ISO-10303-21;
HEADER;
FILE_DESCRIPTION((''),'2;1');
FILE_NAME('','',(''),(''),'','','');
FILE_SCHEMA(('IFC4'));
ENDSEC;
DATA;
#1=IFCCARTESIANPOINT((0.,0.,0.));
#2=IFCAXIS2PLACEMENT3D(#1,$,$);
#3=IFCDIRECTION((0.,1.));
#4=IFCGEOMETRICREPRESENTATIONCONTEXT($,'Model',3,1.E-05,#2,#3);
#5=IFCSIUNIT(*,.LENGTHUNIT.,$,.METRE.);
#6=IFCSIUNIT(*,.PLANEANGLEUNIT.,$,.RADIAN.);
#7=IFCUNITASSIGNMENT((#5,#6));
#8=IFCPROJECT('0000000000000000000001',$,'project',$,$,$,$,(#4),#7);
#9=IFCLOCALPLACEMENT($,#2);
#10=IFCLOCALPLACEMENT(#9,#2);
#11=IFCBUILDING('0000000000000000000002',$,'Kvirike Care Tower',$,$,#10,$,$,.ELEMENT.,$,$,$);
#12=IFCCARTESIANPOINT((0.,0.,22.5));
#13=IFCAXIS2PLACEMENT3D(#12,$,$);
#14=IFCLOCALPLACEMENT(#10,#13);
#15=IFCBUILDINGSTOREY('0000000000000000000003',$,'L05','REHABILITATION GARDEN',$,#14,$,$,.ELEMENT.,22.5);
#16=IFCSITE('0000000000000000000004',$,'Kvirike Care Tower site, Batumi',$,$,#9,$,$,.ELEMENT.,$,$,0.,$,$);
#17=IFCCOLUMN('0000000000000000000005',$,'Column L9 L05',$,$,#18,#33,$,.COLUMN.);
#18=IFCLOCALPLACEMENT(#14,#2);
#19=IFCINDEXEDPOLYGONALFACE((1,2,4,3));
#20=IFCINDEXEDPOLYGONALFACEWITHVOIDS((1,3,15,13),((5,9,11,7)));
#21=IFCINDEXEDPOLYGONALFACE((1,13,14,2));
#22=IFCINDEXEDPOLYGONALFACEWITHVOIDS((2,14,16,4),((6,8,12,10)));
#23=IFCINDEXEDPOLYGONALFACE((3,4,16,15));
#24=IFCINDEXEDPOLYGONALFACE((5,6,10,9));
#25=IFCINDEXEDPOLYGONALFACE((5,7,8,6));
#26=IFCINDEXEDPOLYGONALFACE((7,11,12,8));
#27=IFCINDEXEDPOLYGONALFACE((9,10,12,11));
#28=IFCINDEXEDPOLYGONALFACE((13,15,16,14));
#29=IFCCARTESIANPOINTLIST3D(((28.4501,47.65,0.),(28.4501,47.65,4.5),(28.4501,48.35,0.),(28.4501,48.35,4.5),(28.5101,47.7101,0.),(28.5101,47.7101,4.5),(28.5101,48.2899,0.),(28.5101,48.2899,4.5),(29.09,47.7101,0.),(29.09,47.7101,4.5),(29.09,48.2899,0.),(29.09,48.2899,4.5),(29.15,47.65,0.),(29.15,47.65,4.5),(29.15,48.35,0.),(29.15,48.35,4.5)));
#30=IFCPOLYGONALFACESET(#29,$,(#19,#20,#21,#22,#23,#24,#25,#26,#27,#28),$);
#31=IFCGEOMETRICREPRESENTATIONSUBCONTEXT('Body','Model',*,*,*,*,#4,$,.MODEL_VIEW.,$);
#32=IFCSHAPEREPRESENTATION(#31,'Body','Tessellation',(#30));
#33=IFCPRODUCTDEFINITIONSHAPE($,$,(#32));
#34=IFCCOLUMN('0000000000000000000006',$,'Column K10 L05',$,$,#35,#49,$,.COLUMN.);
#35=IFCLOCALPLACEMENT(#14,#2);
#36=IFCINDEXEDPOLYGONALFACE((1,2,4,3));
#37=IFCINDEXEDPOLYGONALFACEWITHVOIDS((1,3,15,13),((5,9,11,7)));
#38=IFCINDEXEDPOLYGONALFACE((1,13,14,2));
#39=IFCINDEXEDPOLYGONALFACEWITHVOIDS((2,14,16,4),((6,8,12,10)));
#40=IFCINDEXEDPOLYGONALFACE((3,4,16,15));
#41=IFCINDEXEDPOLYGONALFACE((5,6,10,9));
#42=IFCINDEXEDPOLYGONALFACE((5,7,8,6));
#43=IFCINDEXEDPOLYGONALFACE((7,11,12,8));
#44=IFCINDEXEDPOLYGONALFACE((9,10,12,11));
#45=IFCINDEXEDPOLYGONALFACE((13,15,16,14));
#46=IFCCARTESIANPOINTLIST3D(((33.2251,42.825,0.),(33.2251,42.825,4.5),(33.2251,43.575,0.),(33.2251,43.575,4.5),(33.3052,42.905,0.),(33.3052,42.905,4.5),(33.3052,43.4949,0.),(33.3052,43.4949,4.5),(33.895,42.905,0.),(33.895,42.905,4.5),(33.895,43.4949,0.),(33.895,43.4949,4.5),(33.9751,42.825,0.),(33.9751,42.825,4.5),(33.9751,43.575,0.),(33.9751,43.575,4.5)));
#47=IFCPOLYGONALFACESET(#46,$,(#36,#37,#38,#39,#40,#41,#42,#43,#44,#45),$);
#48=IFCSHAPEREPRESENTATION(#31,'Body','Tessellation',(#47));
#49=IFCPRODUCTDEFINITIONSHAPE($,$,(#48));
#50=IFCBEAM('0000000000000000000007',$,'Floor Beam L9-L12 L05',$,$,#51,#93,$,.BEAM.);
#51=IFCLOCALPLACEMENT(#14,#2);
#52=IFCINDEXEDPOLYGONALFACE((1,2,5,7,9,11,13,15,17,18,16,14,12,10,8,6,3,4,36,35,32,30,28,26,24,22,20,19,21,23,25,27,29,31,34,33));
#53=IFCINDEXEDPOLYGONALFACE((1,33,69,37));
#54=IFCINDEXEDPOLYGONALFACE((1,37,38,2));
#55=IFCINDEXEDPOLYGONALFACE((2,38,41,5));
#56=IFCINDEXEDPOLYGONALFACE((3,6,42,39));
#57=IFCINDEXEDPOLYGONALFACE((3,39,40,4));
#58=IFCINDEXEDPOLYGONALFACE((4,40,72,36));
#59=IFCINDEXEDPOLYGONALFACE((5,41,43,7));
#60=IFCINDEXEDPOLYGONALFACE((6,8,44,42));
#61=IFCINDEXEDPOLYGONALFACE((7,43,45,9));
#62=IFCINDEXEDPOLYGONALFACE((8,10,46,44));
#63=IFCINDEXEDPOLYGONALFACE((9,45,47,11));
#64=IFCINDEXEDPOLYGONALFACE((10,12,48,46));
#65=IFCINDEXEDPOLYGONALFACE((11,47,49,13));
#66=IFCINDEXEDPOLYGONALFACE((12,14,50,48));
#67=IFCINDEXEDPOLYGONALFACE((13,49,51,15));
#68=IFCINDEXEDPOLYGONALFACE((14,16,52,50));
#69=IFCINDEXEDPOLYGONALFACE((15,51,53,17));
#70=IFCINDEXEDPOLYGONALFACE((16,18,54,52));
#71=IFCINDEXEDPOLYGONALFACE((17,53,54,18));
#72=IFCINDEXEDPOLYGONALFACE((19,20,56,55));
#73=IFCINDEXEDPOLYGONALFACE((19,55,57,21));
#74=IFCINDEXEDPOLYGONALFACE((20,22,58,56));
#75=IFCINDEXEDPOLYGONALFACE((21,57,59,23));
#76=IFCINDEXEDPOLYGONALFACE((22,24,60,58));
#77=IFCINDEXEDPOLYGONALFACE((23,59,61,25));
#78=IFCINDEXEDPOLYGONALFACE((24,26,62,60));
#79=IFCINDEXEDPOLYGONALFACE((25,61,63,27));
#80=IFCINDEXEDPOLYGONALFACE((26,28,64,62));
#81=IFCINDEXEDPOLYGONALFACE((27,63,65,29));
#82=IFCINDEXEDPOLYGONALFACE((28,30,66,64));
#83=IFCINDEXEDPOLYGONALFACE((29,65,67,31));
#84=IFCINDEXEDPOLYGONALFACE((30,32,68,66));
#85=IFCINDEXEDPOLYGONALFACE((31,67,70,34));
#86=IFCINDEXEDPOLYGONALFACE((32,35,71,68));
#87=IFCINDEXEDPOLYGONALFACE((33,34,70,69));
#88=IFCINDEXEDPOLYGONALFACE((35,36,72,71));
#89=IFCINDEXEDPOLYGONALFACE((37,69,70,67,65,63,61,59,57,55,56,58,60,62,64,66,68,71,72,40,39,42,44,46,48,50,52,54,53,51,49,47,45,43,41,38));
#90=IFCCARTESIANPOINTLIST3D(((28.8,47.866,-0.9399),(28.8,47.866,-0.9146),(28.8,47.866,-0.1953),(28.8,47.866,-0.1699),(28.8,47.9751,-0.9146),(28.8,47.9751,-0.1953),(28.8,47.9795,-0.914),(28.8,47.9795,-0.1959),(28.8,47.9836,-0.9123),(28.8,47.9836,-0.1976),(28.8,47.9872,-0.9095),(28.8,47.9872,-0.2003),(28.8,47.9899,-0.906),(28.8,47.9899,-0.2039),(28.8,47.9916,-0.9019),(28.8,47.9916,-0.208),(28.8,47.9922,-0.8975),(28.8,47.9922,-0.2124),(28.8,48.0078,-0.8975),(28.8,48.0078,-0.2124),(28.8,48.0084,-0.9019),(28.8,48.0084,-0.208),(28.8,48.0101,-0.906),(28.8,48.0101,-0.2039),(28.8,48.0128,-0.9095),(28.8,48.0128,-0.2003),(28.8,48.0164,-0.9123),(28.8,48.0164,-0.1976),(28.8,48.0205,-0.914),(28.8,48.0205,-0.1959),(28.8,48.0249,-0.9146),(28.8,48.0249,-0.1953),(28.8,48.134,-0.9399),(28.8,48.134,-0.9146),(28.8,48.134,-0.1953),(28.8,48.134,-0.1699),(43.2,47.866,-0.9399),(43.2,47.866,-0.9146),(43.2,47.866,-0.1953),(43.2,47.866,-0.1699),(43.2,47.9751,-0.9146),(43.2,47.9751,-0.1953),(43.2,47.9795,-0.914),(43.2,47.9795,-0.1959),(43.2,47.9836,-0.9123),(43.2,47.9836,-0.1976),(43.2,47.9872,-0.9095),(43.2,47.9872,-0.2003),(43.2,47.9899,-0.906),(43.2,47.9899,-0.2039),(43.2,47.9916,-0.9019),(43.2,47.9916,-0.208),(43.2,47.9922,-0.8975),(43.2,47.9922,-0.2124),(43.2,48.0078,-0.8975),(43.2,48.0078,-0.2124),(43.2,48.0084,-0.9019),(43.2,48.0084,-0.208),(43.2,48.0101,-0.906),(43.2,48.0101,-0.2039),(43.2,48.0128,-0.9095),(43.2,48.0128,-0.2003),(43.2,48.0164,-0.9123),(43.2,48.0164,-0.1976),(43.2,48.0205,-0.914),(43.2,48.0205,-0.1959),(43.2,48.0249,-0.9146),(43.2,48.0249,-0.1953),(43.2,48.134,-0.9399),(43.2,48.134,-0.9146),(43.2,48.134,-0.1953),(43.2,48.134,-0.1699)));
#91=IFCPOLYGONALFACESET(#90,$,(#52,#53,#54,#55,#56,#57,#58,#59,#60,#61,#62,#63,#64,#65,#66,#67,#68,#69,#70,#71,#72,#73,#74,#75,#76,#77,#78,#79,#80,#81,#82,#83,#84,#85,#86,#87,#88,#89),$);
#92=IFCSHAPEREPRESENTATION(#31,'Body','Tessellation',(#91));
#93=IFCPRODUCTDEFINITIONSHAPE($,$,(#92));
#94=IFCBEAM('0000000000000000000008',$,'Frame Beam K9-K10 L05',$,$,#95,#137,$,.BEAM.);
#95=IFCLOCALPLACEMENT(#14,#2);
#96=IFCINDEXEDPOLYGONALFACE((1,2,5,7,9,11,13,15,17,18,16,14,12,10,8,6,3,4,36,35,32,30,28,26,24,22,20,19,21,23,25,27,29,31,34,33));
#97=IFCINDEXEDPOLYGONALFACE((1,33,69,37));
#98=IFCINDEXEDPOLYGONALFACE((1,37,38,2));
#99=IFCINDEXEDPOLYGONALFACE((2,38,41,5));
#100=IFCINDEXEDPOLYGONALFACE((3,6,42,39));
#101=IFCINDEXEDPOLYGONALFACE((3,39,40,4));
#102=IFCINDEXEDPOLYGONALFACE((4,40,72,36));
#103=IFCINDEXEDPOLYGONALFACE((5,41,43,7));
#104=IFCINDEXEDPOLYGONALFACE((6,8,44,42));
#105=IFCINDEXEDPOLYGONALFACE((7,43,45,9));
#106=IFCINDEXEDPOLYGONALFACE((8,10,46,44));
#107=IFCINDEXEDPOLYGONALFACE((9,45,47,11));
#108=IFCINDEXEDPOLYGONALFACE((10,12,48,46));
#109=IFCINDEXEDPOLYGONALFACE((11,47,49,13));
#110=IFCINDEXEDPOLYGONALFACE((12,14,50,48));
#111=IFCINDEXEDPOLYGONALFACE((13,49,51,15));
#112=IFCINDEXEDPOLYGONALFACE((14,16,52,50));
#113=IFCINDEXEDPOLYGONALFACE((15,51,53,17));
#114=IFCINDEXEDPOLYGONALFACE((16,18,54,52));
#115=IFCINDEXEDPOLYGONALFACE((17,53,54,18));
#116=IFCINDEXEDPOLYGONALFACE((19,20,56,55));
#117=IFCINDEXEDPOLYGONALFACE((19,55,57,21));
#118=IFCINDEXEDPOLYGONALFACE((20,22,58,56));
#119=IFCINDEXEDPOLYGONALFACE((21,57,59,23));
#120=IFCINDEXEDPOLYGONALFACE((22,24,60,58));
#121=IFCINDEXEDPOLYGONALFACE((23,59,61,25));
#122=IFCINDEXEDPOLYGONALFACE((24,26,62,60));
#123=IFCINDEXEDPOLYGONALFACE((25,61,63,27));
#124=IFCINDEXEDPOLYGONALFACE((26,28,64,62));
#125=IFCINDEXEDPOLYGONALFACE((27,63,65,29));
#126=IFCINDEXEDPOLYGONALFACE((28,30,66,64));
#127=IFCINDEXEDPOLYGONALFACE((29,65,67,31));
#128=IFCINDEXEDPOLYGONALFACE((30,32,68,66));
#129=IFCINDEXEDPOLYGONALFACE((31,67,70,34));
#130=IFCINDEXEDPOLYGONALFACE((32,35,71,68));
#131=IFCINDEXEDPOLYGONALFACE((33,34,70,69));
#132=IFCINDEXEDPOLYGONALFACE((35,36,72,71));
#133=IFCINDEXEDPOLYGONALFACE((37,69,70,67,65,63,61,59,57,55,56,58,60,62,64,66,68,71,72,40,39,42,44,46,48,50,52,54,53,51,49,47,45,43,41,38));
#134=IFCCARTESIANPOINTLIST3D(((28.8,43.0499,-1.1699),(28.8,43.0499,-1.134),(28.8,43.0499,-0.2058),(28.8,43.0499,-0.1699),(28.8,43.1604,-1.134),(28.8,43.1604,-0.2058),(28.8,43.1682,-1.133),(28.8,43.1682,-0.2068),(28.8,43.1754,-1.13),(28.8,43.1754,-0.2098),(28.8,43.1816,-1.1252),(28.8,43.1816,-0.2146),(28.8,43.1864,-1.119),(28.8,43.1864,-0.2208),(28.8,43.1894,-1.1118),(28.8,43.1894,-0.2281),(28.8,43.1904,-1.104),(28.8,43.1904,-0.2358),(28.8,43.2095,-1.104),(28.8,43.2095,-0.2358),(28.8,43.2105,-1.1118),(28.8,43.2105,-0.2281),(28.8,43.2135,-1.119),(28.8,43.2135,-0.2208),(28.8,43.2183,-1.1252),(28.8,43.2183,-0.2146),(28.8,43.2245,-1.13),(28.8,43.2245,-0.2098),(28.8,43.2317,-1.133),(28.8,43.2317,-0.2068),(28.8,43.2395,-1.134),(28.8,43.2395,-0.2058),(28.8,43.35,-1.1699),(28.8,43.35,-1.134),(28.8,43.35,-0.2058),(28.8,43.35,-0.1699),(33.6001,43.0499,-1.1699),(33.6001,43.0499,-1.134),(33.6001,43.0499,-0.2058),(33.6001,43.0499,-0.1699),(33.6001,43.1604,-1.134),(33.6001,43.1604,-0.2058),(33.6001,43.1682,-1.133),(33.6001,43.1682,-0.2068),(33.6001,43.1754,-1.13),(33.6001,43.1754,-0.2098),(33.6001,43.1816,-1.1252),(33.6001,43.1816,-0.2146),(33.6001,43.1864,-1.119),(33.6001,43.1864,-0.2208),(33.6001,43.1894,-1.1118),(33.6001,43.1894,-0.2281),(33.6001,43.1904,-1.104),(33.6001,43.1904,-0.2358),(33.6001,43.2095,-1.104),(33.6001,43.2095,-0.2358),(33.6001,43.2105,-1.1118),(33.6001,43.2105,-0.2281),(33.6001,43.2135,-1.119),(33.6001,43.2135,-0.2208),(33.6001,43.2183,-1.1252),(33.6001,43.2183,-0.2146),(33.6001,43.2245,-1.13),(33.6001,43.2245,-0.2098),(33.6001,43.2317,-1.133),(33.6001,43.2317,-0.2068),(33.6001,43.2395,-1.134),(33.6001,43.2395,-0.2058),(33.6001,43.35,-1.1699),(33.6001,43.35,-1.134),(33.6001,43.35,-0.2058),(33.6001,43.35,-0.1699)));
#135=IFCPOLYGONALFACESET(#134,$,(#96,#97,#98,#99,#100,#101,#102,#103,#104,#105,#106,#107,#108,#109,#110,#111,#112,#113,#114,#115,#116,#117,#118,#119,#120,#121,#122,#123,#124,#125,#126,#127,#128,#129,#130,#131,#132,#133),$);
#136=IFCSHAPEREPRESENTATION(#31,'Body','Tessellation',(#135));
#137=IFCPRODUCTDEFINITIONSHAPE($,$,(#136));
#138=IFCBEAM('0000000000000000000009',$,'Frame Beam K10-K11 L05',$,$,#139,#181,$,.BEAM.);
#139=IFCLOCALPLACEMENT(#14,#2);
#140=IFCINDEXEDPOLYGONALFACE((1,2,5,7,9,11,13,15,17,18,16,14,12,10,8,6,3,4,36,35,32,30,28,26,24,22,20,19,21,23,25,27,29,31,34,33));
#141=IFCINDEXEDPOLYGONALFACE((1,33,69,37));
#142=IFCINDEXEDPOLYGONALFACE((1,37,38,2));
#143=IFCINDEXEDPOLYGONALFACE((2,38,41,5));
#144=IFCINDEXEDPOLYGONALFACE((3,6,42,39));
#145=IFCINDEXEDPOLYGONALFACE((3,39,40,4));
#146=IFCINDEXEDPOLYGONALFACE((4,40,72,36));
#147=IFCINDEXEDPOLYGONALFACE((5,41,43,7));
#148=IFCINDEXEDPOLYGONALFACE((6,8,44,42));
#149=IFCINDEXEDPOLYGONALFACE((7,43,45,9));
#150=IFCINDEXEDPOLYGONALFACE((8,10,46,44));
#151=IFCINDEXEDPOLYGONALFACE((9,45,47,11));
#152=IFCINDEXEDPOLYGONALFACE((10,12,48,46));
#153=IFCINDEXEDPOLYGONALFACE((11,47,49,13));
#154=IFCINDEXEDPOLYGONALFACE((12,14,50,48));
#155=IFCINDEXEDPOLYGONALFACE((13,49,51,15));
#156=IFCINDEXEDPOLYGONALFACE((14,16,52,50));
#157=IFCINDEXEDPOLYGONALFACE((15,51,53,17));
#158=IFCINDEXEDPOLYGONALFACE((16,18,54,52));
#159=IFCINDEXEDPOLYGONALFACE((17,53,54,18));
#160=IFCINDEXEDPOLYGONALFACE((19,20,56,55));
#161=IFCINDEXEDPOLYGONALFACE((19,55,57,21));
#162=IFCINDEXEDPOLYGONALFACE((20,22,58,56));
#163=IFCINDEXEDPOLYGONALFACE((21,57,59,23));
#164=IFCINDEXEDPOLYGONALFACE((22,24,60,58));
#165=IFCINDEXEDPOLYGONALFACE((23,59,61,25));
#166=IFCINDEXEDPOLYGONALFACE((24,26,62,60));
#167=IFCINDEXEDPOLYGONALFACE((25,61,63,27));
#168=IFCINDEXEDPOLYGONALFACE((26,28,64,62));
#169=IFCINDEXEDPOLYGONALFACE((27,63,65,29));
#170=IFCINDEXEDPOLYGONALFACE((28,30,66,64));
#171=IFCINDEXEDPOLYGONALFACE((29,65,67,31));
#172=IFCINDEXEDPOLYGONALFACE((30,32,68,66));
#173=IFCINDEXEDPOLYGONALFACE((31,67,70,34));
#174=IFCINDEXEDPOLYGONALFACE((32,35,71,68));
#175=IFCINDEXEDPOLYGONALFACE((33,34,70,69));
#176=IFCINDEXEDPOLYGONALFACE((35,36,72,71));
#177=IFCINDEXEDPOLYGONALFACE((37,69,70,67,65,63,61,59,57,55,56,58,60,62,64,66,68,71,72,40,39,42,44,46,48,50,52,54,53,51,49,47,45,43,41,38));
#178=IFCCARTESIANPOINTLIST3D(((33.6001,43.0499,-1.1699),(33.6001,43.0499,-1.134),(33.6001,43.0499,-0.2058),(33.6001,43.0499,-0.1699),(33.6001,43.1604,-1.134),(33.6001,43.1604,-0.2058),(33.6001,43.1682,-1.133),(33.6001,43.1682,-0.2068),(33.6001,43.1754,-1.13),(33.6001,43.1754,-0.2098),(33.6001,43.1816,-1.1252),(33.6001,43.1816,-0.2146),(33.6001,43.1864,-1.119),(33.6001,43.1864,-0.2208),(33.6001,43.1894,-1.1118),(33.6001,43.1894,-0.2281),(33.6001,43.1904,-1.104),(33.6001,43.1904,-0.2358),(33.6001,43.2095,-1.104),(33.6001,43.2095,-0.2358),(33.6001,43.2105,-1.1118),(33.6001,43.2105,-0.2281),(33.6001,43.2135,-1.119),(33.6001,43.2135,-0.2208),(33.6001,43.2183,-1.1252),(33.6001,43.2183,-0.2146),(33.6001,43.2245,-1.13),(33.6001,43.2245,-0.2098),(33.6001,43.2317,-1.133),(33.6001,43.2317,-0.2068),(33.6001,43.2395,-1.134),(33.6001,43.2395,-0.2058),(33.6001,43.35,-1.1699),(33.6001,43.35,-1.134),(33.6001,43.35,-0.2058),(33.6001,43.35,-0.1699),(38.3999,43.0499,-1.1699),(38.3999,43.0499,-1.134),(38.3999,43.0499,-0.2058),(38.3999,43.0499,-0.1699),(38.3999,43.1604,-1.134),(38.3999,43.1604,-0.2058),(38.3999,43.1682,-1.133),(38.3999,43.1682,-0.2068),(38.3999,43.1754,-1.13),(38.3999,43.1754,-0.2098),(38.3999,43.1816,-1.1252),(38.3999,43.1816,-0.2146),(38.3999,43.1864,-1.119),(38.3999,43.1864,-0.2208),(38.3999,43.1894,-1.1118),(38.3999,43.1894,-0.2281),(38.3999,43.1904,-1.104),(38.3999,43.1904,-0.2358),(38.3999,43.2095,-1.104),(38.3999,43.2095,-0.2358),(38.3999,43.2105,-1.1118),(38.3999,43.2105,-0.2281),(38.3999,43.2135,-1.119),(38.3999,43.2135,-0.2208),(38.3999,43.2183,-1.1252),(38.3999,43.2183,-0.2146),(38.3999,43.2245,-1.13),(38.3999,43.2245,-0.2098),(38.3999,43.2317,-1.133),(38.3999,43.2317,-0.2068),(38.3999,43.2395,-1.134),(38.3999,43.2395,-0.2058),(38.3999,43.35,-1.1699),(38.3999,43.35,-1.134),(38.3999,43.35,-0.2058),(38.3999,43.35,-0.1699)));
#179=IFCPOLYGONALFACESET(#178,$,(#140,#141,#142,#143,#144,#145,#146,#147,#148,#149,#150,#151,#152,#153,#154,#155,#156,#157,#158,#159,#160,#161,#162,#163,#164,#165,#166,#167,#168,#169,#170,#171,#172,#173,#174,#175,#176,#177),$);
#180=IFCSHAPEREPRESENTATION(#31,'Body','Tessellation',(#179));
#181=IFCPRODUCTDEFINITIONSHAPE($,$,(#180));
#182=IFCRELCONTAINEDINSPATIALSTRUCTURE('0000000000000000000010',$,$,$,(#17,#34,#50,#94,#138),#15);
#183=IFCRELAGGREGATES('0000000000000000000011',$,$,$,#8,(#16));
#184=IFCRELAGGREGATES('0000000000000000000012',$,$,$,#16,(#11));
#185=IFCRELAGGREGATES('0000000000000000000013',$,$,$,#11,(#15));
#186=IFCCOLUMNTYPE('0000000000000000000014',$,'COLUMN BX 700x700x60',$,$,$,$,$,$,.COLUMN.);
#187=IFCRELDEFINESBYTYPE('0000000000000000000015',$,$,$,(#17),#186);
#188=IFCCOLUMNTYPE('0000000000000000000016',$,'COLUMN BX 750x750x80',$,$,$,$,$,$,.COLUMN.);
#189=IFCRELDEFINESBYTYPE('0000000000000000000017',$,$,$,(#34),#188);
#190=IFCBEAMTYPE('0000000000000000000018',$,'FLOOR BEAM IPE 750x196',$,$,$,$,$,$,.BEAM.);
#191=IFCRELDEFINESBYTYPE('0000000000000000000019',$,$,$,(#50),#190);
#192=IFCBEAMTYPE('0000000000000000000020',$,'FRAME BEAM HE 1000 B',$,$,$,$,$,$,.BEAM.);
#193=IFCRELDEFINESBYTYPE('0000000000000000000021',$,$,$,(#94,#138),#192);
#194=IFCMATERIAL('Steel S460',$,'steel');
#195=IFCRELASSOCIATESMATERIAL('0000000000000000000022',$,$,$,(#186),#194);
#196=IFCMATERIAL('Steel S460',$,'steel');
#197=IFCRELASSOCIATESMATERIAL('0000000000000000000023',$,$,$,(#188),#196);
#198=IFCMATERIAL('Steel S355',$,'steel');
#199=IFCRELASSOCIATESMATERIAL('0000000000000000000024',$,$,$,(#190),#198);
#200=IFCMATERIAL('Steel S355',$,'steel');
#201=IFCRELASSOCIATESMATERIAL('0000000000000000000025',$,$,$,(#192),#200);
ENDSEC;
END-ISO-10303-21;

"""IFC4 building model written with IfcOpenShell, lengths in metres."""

from ifc_helpers import new_model, si_unit, direction, frame, origin, origin_2d, place, context, subcontext, project, spatial, hollow_rectangle, i_section, extrude, material, material_profile, profile_set, type_object, element, save


model = new_model("IFC4")

# Units and contexts
model_context = context("Model", 3, precision=1e-05, world=origin(), true_north=direction((0.0, 1.0)))
body_context = subcontext(model_context, "Body", "Model", "MODEL_VIEW")
ifc_project = project(units=[si_unit("LENGTHUNIT", "METRE"), si_unit("PLANEANGLEUNIT", "RADIAN")], contexts=[model_context])

# Site, building, storey
site_placement = place(None, origin())
site = spatial("IfcSite", under=ifc_project, at=site_placement, Name="Kvirike Care Tower site, Batumi", CompositionType="ELEMENT", RefElevation=0.0)
building_placement = place(site_placement, origin())
building = spatial("IfcBuilding", under=site, at=building_placement, Name="Kvirike Care Tower", CompositionType="ELEMENT")
storey_placement = place(building_placement, frame((0.0, 0.0, 22.5)))
storey = spatial("IfcBuildingStorey", under=building, at=storey_placement, Name="L05", Description="REHABILITATION GARDEN", CompositionType="ELEMENT", Elevation=22.5)

# Columns
ifc_material_1 = material(Name="Steel S460", Category="steel")
ifc_material_profile_1 = material_profile(ifc_material_1, hollow_rectangle(XDim=0.7, YDim=0.7, WallThickness=0.0601, at=origin_2d()), Name="BX 700x700x60")
ifc_profile_set_1 = profile_set([ifc_material_profile_1], Name="Steel S460")
column_type_1 = type_object("IfcColumnType", Name="COLUMN BX 700x700x60", PredefinedType="COLUMN", material=ifc_profile_set_1)
column_1_placement = place(storey_placement, frame((28.8, 48.0, 0.0), z_axis=(0.0, 0.0, 1.0), x_axis=(1.0, 0.0, 0.0)))
element("IfcColumn", 1, at=column_1_placement, inside=storey, type_object=column_type_1, Name="Column L9 L05", PredefinedType="COLUMN", context=body_context, shape_type="SweptSolid", body=[
    extrude(hollow_rectangle(XDim=0.7, YDim=0.7, WallThickness=0.0601, at=origin_2d()), origin(), (0.0, 0.0, 1.0), 4.5),
])
ifc_material_2 = material(Name="Steel S460", Category="steel")
ifc_material_profile_2 = material_profile(ifc_material_2, hollow_rectangle(XDim=0.75, YDim=0.75, WallThickness=0.0801, at=origin_2d()), Name="BX 750x750x80")
ifc_profile_set_2 = profile_set([ifc_material_profile_2], Name="Steel S460")
column_type_2 = type_object("IfcColumnType", Name="COLUMN BX 750x750x80", PredefinedType="COLUMN", material=ifc_profile_set_2)
column_2_placement = place(storey_placement, frame((33.6001, 43.2, 0.0), z_axis=(0.0, 0.0, 1.0), x_axis=(0.0, 1.0, 0.0)))
element("IfcColumn", 2, at=column_2_placement, inside=storey, type_object=column_type_2, Name="Column K10 L05", PredefinedType="COLUMN", context=body_context, shape_type="SweptSolid", body=[
    extrude(hollow_rectangle(XDim=0.75, YDim=0.75, WallThickness=0.0801, at=origin_2d()), origin(), (0.0, 0.0, 1.0), 4.5),
])

# Beams
ifc_material_3 = material(Name="Steel S355", Category="steel")
ifc_material_profile_3 = material_profile(ifc_material_3, i_section(OverallWidth=0.2681, OverallDepth=0.77, WebThickness=0.0156, FlangeThickness=0.0254, FilletRadius=0.0171, at=origin_2d()), Name="IPE 750x196")
ifc_profile_set_3 = profile_set([ifc_material_profile_3], Name="Steel S355")
beam_type_1 = type_object("IfcBeamType", Name="FLOOR BEAM IPE 750x196", PredefinedType="BEAM", material=ifc_profile_set_3)
beam_1_placement = place(storey_placement, frame((28.8, 48.0, -0.5549), z_axis=(1.0, 0.0, 0.0), x_axis=(0.0, 1.0, 0.0)))
element("IfcBeam", 3, at=beam_1_placement, inside=storey, type_object=beam_type_1, Name="Floor Beam L9-L12 L05", PredefinedType="BEAM", context=body_context, shape_type="SweptSolid", body=[
    extrude(i_section(OverallWidth=0.2681, OverallDepth=0.77, WebThickness=0.0156, FlangeThickness=0.0254, FilletRadius=0.0171, at=origin_2d()), origin(), (0.0, 0.0, 1.0), 14.3999),
])
ifc_material_4 = material(Name="Steel S355", Category="steel")
ifc_material_profile_4 = material_profile(ifc_material_4, i_section(OverallWidth=0.3, OverallDepth=1.0, WebThickness=0.019, FlangeThickness=0.0359, FilletRadius=0.03, at=origin_2d()), Name="HE 1000 B")
ifc_profile_set_4 = profile_set([ifc_material_profile_4], Name="Steel S355")
beam_type_2 = type_object("IfcBeamType", Name="FRAME BEAM HE 1000 B", PredefinedType="BEAM", material=ifc_profile_set_4)
beam_2_placement = place(storey_placement, frame((28.8, 43.2, -0.6699), z_axis=(1.0, 0.0, 0.0), x_axis=(0.0, 1.0, 0.0)))
element("IfcBeam", 4, at=beam_2_placement, inside=storey, type_object=beam_type_2, Name="Frame Beam K9-K10 L05", PredefinedType="BEAM", context=body_context, shape_type="SweptSolid", body=[
    extrude(i_section(OverallWidth=0.3, OverallDepth=1.0, WebThickness=0.019, FlangeThickness=0.0359, FilletRadius=0.03, at=origin_2d()), origin(), (0.0, 0.0, 1.0), 4.8),
])
beam_3_placement = place(storey_placement, frame((33.6001, 43.2, -0.6699), z_axis=(1.0, 0.0, 0.0), x_axis=(0.0, 1.0, 0.0)))
element("IfcBeam", 5, at=beam_3_placement, inside=storey, type_object=beam_type_2, Name="Frame Beam K10-K11 L05", PredefinedType="BEAM", context=body_context, shape_type="SweptSolid", body=[
    extrude(i_section(OverallWidth=0.3, OverallDepth=1.0, WebThickness=0.019, FlangeThickness=0.0359, FilletRadius=0.03, at=origin_2d()), origin(), (0.0, 0.0, 1.0), 4.7998),
])

save(model, "model.ifc")
